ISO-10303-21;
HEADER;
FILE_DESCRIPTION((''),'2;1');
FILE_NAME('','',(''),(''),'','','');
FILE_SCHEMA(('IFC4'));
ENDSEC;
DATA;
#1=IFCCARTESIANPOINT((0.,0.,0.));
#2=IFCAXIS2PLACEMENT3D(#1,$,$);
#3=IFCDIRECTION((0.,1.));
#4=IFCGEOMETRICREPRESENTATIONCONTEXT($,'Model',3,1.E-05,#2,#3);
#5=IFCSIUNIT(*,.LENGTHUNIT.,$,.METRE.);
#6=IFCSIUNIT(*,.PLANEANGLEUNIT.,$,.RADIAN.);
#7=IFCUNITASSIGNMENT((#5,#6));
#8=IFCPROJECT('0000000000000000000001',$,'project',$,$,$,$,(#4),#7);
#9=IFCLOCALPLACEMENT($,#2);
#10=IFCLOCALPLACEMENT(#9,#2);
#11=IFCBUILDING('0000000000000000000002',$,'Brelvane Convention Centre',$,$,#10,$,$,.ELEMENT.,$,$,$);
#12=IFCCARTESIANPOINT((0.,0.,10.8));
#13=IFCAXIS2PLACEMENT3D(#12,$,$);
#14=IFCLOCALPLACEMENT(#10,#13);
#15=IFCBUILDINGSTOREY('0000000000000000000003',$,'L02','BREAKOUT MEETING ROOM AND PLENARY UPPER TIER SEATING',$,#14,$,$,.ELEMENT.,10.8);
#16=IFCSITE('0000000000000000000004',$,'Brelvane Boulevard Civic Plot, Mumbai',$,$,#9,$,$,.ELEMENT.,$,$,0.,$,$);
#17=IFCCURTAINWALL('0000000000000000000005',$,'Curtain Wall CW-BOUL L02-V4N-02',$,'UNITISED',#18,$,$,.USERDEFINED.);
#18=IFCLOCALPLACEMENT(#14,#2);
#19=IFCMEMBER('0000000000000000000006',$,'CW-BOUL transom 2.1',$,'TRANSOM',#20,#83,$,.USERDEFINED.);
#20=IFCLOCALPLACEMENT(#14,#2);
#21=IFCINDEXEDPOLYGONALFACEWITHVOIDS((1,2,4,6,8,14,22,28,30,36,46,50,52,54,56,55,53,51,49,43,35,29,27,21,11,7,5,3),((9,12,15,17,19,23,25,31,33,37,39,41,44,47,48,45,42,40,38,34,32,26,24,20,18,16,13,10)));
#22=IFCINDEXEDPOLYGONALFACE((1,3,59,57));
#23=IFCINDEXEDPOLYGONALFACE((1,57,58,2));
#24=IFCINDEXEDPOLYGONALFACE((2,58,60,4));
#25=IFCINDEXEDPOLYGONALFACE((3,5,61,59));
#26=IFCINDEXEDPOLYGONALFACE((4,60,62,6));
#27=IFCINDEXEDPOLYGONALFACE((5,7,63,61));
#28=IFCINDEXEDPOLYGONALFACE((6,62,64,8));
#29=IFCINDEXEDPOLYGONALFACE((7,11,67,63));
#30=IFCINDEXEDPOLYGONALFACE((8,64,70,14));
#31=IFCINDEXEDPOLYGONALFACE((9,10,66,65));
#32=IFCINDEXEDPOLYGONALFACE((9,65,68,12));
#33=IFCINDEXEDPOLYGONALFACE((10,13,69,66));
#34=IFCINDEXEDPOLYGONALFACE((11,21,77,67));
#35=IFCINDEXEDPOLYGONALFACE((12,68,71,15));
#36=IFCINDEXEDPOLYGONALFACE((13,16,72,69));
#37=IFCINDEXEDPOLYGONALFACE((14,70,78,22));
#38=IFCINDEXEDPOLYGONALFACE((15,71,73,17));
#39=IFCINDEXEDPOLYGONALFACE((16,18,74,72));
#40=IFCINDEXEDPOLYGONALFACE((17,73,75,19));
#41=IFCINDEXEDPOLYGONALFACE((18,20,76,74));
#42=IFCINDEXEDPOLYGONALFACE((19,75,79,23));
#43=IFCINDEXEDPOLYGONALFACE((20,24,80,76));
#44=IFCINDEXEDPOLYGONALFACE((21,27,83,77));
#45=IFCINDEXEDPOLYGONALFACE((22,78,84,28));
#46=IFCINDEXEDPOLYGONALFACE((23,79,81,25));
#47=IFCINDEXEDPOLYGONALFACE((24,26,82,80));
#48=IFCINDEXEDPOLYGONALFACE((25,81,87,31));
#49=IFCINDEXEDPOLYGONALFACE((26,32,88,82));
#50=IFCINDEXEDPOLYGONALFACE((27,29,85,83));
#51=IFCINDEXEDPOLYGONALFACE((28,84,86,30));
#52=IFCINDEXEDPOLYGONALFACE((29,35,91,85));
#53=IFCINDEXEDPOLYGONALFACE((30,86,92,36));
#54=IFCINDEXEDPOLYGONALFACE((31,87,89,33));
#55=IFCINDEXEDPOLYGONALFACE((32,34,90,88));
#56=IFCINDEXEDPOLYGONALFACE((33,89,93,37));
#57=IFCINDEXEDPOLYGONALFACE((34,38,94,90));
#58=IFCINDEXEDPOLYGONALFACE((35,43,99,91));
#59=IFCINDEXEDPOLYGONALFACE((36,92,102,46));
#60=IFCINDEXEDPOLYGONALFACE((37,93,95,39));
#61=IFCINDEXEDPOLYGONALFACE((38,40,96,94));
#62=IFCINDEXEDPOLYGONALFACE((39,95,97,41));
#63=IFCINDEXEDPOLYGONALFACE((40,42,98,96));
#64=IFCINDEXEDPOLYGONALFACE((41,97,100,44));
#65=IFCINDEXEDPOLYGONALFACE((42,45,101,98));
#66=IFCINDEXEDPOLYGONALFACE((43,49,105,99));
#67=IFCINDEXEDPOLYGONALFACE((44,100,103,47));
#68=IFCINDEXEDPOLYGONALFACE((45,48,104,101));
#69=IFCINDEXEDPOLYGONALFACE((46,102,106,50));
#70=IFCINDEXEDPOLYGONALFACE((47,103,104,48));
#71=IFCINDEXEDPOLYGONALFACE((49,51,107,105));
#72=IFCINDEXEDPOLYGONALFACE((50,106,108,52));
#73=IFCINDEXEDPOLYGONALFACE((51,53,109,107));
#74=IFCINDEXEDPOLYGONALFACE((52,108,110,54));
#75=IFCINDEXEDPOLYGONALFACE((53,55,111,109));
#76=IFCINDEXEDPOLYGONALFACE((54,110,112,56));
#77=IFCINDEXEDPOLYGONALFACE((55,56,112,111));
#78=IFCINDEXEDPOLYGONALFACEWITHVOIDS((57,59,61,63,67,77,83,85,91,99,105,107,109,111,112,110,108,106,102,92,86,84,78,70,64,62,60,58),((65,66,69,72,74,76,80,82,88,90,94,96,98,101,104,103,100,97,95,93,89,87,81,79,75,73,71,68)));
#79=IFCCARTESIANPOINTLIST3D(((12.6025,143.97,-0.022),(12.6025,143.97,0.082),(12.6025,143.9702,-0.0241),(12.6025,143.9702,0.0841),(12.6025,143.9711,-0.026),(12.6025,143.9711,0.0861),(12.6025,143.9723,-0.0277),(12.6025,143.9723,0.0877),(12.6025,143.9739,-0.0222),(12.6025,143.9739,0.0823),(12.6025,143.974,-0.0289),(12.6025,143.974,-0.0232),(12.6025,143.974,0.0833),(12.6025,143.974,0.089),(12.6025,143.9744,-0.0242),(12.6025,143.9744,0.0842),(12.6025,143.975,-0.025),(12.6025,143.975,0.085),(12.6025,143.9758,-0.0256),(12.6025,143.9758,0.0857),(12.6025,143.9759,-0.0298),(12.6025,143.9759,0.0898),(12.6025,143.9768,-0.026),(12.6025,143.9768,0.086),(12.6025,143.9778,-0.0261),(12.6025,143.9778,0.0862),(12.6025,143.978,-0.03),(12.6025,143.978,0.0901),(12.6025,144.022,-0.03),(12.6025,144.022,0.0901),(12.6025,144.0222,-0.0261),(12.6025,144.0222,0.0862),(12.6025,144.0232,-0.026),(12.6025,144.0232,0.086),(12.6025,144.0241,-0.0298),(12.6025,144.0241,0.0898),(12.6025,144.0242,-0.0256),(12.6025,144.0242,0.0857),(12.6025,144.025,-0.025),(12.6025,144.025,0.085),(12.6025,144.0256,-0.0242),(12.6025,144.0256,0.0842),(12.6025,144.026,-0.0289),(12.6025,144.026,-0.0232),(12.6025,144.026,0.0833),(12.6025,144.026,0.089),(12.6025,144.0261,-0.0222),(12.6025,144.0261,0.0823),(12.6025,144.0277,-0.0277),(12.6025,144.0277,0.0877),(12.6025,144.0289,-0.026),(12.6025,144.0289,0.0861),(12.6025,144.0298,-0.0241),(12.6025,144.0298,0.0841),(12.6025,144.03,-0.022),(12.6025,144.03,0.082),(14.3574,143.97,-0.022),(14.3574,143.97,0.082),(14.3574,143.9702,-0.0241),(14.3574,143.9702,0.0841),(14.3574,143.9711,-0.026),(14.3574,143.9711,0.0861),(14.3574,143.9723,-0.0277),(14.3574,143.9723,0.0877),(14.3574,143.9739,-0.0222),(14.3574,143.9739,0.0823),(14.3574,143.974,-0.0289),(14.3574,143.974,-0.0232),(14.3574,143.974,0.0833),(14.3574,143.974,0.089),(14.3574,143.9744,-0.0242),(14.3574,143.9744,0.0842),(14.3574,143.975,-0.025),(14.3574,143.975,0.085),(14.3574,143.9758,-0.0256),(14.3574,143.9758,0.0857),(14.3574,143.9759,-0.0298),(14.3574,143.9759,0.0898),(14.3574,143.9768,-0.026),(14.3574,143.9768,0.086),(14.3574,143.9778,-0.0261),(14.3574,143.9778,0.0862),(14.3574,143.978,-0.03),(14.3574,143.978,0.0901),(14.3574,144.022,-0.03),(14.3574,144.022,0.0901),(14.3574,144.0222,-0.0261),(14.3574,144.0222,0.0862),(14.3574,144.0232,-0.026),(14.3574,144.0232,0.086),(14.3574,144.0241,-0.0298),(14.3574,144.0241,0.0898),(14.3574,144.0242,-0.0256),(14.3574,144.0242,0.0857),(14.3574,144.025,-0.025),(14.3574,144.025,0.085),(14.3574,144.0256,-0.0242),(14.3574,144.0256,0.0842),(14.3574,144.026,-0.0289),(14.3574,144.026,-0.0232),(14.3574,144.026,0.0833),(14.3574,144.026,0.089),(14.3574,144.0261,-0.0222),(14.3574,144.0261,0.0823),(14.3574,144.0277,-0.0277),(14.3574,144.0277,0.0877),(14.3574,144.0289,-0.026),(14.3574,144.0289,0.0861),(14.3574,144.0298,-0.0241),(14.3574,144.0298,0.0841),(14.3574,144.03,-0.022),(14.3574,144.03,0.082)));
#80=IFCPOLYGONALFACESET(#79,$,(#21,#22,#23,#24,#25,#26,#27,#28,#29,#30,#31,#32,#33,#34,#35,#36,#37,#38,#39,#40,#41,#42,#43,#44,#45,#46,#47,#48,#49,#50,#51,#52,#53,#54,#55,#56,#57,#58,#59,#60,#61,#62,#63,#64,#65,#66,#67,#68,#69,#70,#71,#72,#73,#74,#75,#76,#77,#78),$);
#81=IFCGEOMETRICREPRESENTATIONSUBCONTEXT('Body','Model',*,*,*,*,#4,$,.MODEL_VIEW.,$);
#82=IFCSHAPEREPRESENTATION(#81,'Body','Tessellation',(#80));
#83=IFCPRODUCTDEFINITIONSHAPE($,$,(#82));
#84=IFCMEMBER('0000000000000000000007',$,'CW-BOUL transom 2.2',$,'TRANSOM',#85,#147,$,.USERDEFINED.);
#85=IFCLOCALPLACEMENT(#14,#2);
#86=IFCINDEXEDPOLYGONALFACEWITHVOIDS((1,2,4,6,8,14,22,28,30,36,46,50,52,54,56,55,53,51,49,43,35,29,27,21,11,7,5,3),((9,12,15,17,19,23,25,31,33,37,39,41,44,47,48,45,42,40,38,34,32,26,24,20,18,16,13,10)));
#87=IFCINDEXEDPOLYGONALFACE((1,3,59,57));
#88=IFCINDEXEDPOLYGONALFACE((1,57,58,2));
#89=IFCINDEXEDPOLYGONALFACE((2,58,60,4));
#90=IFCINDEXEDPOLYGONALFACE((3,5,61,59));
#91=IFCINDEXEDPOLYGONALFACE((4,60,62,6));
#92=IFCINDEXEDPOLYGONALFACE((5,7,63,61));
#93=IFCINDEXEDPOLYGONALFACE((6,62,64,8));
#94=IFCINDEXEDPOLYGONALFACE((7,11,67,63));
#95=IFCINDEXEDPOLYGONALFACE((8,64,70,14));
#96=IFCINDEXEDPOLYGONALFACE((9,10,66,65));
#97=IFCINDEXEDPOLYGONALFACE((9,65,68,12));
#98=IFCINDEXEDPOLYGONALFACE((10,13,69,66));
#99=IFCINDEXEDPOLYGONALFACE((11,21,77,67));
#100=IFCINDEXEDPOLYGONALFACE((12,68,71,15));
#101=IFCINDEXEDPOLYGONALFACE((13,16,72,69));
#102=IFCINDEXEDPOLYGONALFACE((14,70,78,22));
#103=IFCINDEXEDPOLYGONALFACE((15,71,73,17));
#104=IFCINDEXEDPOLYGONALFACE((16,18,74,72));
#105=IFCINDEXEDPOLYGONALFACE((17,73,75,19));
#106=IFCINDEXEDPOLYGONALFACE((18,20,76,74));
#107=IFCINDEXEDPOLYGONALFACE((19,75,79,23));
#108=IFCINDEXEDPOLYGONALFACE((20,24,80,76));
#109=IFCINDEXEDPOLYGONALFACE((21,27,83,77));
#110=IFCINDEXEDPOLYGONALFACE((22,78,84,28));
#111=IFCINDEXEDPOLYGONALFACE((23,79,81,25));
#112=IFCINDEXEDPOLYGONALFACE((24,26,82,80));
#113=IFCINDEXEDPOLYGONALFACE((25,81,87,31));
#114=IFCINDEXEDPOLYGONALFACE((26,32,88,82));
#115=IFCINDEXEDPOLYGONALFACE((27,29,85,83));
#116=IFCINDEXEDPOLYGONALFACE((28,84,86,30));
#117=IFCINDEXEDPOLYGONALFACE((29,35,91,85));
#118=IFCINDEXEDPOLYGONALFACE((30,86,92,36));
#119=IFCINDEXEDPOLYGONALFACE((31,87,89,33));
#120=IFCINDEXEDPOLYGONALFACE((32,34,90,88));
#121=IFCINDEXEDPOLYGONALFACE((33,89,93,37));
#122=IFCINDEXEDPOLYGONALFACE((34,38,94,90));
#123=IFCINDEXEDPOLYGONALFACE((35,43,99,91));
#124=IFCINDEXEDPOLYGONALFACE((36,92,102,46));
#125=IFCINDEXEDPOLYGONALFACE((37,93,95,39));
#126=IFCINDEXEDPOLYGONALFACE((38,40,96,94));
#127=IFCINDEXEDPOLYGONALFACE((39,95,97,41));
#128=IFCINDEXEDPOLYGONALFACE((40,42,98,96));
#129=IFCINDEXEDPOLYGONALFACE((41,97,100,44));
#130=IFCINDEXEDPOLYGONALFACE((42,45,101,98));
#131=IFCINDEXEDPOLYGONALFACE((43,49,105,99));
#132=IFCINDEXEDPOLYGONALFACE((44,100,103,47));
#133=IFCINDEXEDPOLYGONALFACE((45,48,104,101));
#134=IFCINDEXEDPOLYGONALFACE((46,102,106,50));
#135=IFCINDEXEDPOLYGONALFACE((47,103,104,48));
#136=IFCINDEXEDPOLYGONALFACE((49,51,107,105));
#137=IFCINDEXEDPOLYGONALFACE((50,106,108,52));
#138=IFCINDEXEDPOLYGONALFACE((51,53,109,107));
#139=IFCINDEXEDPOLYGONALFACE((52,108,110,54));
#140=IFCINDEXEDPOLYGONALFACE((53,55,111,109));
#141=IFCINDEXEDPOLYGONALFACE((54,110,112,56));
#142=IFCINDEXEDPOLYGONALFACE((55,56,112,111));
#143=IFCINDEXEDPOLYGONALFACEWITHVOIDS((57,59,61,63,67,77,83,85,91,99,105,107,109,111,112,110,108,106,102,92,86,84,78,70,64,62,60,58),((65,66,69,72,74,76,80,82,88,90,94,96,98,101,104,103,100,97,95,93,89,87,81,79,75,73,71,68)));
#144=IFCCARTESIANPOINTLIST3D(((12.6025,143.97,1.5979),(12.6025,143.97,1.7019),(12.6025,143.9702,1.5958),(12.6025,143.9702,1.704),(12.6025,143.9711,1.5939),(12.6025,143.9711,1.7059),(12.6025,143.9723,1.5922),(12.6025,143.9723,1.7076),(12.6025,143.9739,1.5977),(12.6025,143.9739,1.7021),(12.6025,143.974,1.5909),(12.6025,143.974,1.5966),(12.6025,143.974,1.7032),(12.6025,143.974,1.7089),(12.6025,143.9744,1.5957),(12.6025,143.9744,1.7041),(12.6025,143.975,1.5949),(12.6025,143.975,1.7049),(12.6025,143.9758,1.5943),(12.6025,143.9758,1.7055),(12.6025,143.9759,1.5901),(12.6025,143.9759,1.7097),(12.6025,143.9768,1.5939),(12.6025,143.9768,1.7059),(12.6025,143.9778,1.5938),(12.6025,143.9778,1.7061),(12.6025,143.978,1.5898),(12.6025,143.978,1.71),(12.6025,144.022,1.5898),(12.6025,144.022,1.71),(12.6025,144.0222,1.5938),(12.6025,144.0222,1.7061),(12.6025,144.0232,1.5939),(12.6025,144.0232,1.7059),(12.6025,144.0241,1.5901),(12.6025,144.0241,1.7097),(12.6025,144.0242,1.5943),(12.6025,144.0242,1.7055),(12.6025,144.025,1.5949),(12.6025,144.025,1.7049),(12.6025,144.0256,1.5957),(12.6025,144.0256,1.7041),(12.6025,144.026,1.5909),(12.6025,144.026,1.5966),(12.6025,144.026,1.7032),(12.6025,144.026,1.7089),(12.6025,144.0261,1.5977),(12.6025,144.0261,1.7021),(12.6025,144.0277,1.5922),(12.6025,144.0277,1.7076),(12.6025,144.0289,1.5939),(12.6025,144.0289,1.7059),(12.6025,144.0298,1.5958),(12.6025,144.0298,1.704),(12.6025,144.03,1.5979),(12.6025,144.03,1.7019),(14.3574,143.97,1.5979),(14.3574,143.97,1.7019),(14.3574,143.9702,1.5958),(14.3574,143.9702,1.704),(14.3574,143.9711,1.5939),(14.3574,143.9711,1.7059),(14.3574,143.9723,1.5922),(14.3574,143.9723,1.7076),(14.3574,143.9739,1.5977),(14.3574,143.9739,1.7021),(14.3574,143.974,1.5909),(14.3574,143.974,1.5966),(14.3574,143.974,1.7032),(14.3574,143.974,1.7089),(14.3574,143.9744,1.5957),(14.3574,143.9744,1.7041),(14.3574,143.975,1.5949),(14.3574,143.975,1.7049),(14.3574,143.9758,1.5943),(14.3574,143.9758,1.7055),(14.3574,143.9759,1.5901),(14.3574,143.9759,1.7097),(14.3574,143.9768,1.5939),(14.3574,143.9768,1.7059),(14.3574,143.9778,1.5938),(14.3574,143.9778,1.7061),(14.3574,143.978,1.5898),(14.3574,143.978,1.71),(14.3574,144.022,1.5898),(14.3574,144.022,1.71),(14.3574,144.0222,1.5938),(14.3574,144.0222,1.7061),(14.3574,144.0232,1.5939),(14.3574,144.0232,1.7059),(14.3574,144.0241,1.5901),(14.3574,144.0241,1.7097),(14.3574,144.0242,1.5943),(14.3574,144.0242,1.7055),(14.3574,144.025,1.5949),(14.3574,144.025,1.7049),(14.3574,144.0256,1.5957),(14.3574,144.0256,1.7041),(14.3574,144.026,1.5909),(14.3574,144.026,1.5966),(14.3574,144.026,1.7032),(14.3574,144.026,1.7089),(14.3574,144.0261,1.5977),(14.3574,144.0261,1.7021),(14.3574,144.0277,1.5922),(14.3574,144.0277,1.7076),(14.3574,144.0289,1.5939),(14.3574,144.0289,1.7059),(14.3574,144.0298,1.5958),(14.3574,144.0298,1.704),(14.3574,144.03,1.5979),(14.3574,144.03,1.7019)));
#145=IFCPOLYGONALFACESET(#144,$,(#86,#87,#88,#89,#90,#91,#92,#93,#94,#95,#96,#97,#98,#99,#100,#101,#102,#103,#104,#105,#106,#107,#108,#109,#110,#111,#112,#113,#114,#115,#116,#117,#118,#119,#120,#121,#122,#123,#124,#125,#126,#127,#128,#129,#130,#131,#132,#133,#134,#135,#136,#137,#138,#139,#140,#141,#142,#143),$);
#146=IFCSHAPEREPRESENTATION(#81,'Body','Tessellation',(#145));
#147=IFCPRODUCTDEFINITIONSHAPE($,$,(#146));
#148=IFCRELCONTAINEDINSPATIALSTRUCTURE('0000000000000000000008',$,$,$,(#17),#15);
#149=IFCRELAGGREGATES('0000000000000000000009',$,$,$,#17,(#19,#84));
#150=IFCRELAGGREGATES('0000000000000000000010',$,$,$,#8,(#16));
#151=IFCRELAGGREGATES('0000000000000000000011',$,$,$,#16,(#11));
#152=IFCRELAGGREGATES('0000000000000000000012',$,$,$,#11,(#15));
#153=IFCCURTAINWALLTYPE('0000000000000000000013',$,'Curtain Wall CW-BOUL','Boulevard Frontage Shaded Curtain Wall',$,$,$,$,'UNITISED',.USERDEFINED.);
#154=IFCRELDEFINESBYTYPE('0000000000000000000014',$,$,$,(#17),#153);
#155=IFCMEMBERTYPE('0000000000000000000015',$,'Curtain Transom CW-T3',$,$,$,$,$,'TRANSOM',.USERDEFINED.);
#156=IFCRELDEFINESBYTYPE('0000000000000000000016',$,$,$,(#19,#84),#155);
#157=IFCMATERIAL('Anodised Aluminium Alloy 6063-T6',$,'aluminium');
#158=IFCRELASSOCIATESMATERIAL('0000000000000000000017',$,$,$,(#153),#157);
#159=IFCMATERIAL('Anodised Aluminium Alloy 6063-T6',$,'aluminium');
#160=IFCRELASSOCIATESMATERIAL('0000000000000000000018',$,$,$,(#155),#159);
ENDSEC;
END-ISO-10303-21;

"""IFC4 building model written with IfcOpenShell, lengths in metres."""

from ifc_helpers import new_model, si_unit, direction, frame, origin, origin_2d, place, context, subcontext, project, spatial, hollow_rectangle, extrude, material, material_profile, profile_set, type_object, element, aggregate, save


model = new_model("IFC4")

# Units and contexts
model_context = context("Model", 3, precision=1e-05, world=origin(), true_north=direction((0.0, 1.0)))
body_context = subcontext(model_context, "Body", "Model", "MODEL_VIEW")
ifc_project = project(units=[si_unit("LENGTHUNIT", "METRE"), si_unit("PLANEANGLEUNIT", "RADIAN")], contexts=[model_context])

# Site, building, storey
site_placement = place(None, origin())
site = spatial("IfcSite", under=ifc_project, at=site_placement, Name="Brelvane Boulevard Civic Plot, Mumbai", CompositionType="ELEMENT", RefElevation=0.0)
building_placement = place(site_placement, origin())
building = spatial("IfcBuilding", under=site, at=building_placement, Name="Brelvane Convention Centre", CompositionType="ELEMENT")
storey_placement = place(building_placement, frame((0.0, 0.0, 10.8)))
storey = spatial("IfcBuildingStorey", under=building, at=storey_placement, Name="L02", Description="BREAKOUT MEETING ROOM AND PLENARY UPPER TIER SEATING", CompositionType="ELEMENT", Elevation=10.8)

# Curtain wall, members
ifc_material_1 = material(Name="Anodised Aluminium Alloy 6063-T6", Category="aluminium")
curtain_wall_type = type_object("IfcCurtainWallType", Name="Curtain Wall CW-BOUL", Description="Boulevard Frontage Shaded Curtain Wall", ElementType="UNITISED", PredefinedType="USERDEFINED", material=ifc_material_1)
curtain_wall_placement = place(storey_placement, origin())
curtain_wall = element("IfcCurtainWall", 1, at=curtain_wall_placement, inside=storey, type_object=curtain_wall_type, Name="Curtain Wall CW-BOUL L02-V4N-02", ObjectType="UNITISED", PredefinedType="USERDEFINED")
ifc_material_2 = material(Name="Anodised Aluminium Alloy 6063-T6", Category="aluminium")
ifc_material_profile_1 = material_profile(ifc_material_2, hollow_rectangle(XDim=0.0601, YDim=0.1201, WallThickness=0.0039, InnerFilletRadius=0.0039, OuterFilletRadius=0.0081, at=origin_2d()), Name="ALU-T 120x60x4.0")
ifc_profile_set_1 = profile_set([ifc_material_profile_1], Name="Anodised Aluminium Alloy 6063-T6")
member_type_1 = type_object("IfcMemberType", Name="Curtain Transom CW-T3", ElementType="TRANSOM", PredefinedType="USERDEFINED", material=ifc_profile_set_1)
member_1_placement = place(storey_placement, frame((12.6025, 144.0, 0.03), z_axis=(1.0, 0.0, 0.0), x_axis=(0.0, 1.0, 0.0)))
member_1 = element("IfcMember", 2, at=member_1_placement, type_object=member_type_1, Name="CW-BOUL transom 2.1", ObjectType="TRANSOM", PredefinedType="USERDEFINED", context=body_context, shape_type="SweptSolid", body=[
    extrude(hollow_rectangle(XDim=0.0601, YDim=0.1201, WallThickness=0.0039, InnerFilletRadius=0.0039, OuterFilletRadius=0.0081, at=origin_2d()), origin(), (0.0, 0.0, 1.0), 1.7549),
])
member_2_placement = place(storey_placement, frame((12.6025, 144.0, 1.6499), z_axis=(1.0, 0.0, 0.0), x_axis=(0.0, 1.0, 0.0)))
member_2 = element("IfcMember", 3, at=member_2_placement, type_object=member_type_1, Name="CW-BOUL transom 2.2", ObjectType="TRANSOM", PredefinedType="USERDEFINED", context=body_context, shape_type="SweptSolid", body=[
    extrude(hollow_rectangle(XDim=0.0601, YDim=0.1201, WallThickness=0.0039, InnerFilletRadius=0.0039, OuterFilletRadius=0.0081, at=origin_2d()), origin(), (0.0, 0.0, 1.0), 1.7549),
])

aggregate(curtain_wall, [member_1, member_2])

save(model, "model.ifc")
